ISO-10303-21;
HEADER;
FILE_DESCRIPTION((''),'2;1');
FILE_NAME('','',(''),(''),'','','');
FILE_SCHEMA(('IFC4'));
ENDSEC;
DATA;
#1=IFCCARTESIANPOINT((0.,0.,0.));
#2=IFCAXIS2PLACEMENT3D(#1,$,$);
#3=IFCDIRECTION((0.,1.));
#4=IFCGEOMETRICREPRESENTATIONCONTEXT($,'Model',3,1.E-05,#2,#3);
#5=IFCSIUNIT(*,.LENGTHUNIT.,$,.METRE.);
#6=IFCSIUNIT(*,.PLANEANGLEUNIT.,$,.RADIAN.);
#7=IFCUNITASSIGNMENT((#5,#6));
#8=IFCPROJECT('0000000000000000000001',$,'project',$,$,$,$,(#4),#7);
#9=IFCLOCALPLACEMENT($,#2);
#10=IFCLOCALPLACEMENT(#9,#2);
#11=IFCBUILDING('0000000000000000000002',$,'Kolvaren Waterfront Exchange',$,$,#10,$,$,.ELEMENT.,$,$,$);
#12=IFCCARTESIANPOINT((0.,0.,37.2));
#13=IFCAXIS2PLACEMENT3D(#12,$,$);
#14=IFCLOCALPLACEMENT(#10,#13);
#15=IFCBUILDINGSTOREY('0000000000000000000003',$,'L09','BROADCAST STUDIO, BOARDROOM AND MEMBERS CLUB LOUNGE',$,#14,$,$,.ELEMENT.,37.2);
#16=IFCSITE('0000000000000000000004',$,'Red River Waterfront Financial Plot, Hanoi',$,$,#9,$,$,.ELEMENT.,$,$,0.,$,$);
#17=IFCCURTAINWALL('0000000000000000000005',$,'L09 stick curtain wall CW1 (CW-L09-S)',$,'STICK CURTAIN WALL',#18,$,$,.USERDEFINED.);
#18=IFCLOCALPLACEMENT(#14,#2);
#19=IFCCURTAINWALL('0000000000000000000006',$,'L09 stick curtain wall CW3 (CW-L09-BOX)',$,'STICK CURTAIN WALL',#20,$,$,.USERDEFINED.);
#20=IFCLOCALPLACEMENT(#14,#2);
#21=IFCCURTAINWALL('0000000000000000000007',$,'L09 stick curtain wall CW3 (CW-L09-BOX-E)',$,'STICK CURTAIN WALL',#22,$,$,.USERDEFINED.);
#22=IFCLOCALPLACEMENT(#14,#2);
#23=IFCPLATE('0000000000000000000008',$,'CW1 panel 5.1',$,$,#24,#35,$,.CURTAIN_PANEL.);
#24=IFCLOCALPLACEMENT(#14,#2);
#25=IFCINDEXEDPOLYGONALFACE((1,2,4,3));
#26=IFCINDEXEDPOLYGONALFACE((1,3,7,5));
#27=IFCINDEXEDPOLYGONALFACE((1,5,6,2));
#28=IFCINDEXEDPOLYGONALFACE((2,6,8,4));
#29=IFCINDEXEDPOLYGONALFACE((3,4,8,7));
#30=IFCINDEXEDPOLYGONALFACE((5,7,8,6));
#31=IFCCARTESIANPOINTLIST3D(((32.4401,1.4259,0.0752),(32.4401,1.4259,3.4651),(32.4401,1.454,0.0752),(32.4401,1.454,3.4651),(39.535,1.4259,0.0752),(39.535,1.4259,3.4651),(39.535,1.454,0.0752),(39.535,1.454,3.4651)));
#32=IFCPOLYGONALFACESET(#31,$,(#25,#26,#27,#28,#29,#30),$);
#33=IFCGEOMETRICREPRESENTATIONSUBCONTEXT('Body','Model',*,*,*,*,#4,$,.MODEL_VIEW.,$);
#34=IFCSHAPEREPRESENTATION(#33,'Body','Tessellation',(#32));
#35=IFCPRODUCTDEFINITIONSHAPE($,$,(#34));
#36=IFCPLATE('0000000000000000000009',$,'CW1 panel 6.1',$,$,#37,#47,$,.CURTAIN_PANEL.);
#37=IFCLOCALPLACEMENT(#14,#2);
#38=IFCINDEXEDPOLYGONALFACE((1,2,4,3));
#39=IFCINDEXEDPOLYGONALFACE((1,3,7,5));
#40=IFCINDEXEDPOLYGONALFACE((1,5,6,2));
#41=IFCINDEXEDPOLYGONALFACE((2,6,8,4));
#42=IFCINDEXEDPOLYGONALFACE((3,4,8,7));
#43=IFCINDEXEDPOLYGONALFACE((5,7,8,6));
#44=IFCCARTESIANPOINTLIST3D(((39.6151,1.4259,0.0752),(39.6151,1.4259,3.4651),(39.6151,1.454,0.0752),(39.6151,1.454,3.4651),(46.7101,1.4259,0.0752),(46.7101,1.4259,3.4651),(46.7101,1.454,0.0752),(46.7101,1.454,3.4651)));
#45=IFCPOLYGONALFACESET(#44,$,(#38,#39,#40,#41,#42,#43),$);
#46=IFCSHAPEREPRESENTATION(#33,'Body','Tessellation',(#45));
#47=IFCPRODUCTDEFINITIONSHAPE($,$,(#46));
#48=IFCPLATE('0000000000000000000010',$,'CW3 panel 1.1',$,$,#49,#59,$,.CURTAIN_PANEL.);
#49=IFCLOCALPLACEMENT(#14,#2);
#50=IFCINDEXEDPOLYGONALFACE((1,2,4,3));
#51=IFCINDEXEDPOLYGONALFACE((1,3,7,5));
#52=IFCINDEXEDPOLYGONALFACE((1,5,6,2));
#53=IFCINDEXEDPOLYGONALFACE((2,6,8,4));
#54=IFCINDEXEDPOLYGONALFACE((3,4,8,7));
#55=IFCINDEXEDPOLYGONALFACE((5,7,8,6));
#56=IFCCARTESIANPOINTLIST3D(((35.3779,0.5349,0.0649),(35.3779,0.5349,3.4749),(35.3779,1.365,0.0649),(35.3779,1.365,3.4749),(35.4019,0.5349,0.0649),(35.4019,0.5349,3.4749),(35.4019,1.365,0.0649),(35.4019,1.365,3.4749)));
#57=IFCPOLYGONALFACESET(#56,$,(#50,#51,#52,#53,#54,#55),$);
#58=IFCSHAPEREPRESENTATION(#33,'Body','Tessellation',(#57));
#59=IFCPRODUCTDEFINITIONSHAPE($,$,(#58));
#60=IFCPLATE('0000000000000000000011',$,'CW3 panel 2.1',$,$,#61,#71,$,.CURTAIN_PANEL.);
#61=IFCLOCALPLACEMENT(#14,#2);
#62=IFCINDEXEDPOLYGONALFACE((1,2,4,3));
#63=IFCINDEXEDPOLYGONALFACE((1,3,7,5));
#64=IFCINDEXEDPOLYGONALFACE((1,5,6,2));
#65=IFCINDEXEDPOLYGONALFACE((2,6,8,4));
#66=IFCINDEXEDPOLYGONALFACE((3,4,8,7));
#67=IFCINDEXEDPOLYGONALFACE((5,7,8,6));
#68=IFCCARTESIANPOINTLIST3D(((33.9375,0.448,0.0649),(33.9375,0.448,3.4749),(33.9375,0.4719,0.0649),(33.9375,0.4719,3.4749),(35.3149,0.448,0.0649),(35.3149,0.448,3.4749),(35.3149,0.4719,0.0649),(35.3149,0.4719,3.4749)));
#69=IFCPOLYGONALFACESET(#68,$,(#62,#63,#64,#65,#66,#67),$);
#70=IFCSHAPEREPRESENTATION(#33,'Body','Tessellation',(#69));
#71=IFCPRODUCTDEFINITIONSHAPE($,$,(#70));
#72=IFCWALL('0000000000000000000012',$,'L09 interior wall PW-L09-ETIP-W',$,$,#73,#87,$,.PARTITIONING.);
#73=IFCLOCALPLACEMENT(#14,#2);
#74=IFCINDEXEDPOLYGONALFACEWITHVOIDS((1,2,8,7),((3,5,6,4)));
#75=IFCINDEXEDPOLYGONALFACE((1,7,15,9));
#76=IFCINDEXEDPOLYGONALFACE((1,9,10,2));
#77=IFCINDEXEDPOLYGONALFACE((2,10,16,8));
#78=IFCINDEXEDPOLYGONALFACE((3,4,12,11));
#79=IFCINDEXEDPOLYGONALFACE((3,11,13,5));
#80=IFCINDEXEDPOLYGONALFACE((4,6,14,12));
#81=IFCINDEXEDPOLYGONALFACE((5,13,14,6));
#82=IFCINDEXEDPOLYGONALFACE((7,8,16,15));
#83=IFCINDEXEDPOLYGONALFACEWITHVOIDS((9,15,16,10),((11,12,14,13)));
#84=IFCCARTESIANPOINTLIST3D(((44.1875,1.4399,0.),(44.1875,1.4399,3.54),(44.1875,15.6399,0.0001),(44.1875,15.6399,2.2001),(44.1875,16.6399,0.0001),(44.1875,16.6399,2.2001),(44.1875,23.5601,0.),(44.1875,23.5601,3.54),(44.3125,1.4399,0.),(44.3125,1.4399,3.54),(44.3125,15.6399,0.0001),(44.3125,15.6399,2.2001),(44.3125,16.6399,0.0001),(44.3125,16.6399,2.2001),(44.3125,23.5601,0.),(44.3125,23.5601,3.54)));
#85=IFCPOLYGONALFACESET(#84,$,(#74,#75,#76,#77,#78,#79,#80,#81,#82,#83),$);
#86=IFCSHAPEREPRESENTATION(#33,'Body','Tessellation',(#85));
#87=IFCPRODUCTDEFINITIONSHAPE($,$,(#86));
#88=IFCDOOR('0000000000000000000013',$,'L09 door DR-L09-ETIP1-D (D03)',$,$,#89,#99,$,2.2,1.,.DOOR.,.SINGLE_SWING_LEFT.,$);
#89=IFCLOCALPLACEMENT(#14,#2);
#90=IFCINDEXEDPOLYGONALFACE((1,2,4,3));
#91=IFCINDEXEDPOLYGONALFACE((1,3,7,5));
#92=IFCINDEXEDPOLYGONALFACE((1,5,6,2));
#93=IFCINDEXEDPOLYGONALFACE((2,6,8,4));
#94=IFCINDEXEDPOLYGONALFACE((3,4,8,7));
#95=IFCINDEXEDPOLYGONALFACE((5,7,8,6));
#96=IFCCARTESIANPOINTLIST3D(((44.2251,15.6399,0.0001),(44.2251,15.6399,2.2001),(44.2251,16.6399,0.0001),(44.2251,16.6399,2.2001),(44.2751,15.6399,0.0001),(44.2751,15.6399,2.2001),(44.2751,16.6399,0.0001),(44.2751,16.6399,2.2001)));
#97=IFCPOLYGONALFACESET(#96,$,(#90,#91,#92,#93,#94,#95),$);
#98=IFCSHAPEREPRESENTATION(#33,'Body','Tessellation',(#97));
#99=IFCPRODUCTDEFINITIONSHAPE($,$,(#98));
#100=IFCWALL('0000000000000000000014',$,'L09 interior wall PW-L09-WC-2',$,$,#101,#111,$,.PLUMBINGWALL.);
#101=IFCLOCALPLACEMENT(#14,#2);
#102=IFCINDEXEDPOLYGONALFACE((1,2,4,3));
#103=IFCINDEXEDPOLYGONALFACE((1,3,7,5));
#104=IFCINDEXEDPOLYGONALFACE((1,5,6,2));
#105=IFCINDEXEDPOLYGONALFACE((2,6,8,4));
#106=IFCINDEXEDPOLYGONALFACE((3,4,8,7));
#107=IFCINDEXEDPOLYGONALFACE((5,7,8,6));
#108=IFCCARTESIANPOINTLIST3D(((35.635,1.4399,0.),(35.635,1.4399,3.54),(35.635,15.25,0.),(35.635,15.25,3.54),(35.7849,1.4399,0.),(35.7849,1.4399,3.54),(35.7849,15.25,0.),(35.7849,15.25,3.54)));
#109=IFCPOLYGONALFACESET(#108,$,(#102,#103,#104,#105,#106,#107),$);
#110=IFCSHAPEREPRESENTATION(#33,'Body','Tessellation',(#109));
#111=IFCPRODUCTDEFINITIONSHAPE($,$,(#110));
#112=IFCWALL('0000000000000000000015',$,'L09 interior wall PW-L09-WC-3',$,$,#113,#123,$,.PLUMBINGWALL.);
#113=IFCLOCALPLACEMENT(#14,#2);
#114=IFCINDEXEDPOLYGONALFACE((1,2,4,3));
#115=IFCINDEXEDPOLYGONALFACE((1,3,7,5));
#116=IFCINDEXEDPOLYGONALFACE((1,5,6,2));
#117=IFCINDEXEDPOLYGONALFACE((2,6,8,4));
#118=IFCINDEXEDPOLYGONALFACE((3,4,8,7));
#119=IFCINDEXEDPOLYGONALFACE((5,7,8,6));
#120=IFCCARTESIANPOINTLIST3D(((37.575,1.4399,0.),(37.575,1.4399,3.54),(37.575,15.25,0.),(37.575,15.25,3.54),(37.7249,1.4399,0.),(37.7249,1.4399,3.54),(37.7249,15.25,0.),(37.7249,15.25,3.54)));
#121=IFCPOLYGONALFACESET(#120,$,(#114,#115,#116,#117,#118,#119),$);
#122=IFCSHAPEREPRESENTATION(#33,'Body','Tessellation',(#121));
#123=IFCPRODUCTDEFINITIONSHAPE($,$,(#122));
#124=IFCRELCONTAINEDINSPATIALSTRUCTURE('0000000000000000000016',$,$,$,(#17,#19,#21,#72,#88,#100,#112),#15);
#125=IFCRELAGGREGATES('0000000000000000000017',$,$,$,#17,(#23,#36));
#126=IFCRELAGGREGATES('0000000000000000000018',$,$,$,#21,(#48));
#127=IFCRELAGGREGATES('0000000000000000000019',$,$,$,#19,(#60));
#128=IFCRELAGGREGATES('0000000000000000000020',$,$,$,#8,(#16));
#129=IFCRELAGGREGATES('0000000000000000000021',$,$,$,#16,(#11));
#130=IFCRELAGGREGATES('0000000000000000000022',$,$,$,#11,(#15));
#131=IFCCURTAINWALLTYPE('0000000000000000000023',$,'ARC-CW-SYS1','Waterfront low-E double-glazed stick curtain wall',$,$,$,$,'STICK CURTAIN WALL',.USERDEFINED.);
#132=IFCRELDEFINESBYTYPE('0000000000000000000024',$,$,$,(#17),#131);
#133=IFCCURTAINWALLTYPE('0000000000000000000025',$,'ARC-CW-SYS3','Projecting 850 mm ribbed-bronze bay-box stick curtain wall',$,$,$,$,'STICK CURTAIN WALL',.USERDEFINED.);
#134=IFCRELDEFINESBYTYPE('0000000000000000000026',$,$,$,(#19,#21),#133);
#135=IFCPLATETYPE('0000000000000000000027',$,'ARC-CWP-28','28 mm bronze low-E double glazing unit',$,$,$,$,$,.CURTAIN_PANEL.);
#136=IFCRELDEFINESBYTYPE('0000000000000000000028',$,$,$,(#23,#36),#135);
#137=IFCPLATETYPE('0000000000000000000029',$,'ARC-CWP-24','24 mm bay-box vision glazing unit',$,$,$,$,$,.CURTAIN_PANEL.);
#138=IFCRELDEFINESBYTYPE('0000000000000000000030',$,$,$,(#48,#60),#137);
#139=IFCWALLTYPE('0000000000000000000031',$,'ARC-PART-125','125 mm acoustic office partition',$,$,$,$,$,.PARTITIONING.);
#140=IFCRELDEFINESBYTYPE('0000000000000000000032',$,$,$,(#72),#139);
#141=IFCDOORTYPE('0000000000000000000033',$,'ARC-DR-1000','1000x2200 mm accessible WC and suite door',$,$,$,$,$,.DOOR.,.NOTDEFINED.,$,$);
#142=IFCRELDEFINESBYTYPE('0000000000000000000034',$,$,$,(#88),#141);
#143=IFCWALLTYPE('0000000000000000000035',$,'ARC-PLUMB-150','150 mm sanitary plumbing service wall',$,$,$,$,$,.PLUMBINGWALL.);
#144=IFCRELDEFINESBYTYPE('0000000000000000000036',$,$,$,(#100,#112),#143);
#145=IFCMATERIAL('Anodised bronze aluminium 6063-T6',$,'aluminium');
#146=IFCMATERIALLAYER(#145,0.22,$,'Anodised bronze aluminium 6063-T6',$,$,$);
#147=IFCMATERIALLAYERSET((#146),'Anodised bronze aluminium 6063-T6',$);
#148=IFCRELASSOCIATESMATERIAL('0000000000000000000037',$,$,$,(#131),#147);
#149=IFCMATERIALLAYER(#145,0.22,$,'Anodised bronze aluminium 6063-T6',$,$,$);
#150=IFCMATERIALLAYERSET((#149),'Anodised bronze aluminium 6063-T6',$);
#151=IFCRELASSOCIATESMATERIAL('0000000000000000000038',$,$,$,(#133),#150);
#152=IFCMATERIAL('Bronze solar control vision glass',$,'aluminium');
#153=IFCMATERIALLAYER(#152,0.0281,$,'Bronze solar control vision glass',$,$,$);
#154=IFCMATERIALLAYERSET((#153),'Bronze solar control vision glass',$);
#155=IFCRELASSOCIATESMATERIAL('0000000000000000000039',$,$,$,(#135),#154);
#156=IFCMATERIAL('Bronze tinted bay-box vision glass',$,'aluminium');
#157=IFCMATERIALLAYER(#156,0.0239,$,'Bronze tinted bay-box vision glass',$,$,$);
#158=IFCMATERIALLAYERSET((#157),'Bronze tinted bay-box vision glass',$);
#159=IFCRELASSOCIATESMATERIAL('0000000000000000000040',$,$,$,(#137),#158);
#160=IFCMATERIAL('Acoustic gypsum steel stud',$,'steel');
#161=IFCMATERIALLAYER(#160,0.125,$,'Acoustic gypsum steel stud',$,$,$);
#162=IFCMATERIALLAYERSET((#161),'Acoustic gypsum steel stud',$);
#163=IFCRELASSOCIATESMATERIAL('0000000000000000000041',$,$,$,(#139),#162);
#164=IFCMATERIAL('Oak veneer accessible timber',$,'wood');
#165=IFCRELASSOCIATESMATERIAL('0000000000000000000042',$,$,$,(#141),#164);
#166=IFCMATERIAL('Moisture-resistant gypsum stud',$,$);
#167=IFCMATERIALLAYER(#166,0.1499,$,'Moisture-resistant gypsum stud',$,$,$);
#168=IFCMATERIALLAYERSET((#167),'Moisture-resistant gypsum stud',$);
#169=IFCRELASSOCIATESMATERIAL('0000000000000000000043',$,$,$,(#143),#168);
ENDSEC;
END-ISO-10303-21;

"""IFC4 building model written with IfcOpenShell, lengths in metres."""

from ifc_helpers import new_model, si_unit, direction, frame, frame_2d, origin, origin_with_axes, origin_2d, place, context, subcontext, project, spatial, rectangle, extrude, source, transform, mapped, material, layer, layer_set, type_object, element, fill, aggregate, save


model = new_model("IFC4")

# Units and contexts
model_context = context("Model", 3, precision=1e-05, world=origin(), true_north=direction((0.0, 1.0)))
body_context = subcontext(model_context, "Body", "Model", "MODEL_VIEW")
ifc_project = project(units=[si_unit("LENGTHUNIT", "METRE"), si_unit("PLANEANGLEUNIT", "RADIAN")], contexts=[model_context])

# Site, building, storey
site_placement = place(None, origin())
site = spatial("IfcSite", under=ifc_project, at=site_placement, Name="Red River Waterfront Financial Plot, Hanoi", CompositionType="ELEMENT", RefElevation=0.0)
building_placement = place(site_placement, origin())
building = spatial("IfcBuilding", under=site, at=building_placement, Name="Kolvaren Waterfront Exchange", CompositionType="ELEMENT")
storey_placement = place(building_placement, frame((0.0, 0.0, 37.2)))
storey = spatial("IfcBuildingStorey", under=building, at=storey_placement, Name="L09", Description="BROADCAST STUDIO, BOARDROOM AND MEMBERS CLUB LOUNGE", CompositionType="ELEMENT", Elevation=37.2)

# Curtain wall
ifc_material_1 = material(Name="Anodised bronze aluminium 6063-T6", Category="aluminium")
ifc_layer_1 = layer(ifc_material_1, 0.22, Name="Anodised bronze aluminium 6063-T6")
ifc_layer_set_1 = layer_set([ifc_layer_1], Name="Anodised bronze aluminium 6063-T6")
curtain_wall_type_1 = type_object("IfcCurtainWallType", Name="ARC-CW-SYS1", Description="Waterfront low-E double-glazed stick curtain wall", ElementType="STICK CURTAIN WALL", PredefinedType="USERDEFINED", material=ifc_layer_set_1)
curtain_wall_1_placement = place(storey_placement, origin())
curtain_wall_1 = element("IfcCurtainWall", 1, at=curtain_wall_1_placement, inside=storey, type_object=curtain_wall_type_1, Name="L09 stick curtain wall CW1 (CW-L09-S)", ObjectType="STICK CURTAIN WALL", PredefinedType="USERDEFINED")

# Curtain wall
ifc_layer_2 = layer(ifc_material_1, 0.22, Name="Anodised bronze aluminium 6063-T6")
ifc_layer_set_2 = layer_set([ifc_layer_2], Name="Anodised bronze aluminium 6063-T6")
curtain_wall_type_2 = type_object("IfcCurtainWallType", Name="ARC-CW-SYS3", Description="Projecting 850 mm ribbed-bronze bay-box stick curtain wall", ElementType="STICK CURTAIN WALL", PredefinedType="USERDEFINED", material=ifc_layer_set_2)
curtain_wall_2_placement = place(storey_placement, origin())
curtain_wall_2 = element("IfcCurtainWall", 2, at=curtain_wall_2_placement, inside=storey, type_object=curtain_wall_type_2, Name="L09 stick curtain wall CW3 (CW-L09-BOX)", ObjectType="STICK CURTAIN WALL", PredefinedType="USERDEFINED")

# Curtain wall
curtain_wall_3_placement = place(storey_placement, origin())
curtain_wall_3 = element("IfcCurtainWall", 3, at=curtain_wall_3_placement, inside=storey, type_object=curtain_wall_type_2, Name="L09 stick curtain wall CW3 (CW-L09-BOX-E)", ObjectType="STICK CURTAIN WALL", PredefinedType="USERDEFINED")

# Plates
ifc_material_2 = material(Name="Bronze solar control vision glass", Category="aluminium")
ifc_layer_3 = layer(ifc_material_2, 0.0281, Name="Bronze solar control vision glass")
ifc_layer_set_3 = layer_set([ifc_layer_3], Name="Bronze solar control vision glass")
plate_type_1 = type_object("IfcPlateType", Name="ARC-CWP-28", Description="28 mm bronze low-E double glazing unit", PredefinedType="CURTAIN_PANEL", material=ifc_layer_set_3)
shared_shape_1 = source(origin_with_axes(), body_context, "Body", "SweptSolid", [
    extrude(rectangle(XDim=7.095, YDim=0.0281, at=origin_2d()), origin(), (0.0, 0.0, 1.0), 3.3899),
])
plate_1_placement = place(storey_placement, frame((35.9875, 1.4399, 0.0752), z_axis=(0.0, 0.0, 1.0), x_axis=(1.0, 0.0, 0.0)))
plate_1 = element("IfcPlate", 4, at=plate_1_placement, type_object=plate_type_1, Name="CW1 panel 5.1", PredefinedType="CURTAIN_PANEL", context=body_context, shape_type="MappedRepresentation", body=[
    mapped(shared_shape_1, transform((0.0, 0.0, 0.0), x_axis=(1.0, 0.0, 0.0), y_axis=(0.0, 1.0, 0.0), z_axis=(0.0, 0.0, 1.0), scale=1.0)),
])
plate_2_placement = place(storey_placement, frame((43.1626, 1.4399, 0.0752), z_axis=(0.0, 0.0, 1.0), x_axis=(1.0, 0.0, 0.0)))
plate_2 = element("IfcPlate", 5, at=plate_2_placement, type_object=plate_type_1, Name="CW1 panel 6.1", PredefinedType="CURTAIN_PANEL", context=body_context, shape_type="MappedRepresentation", body=[
    mapped(shared_shape_1, transform((0.0, 0.0, 0.0), x_axis=(1.0, 0.0, 0.0), y_axis=(0.0, 1.0, 0.0), z_axis=(0.0, 0.0, 1.0), scale=1.0)),
])
aggregate(curtain_wall_1, [plate_1, plate_2])
ifc_material_3 = material(Name="Bronze tinted bay-box vision glass", Category="aluminium")
ifc_layer_4 = layer(ifc_material_3, 0.0239, Name="Bronze tinted bay-box vision glass")
ifc_layer_set_4 = layer_set([ifc_layer_4], Name="Bronze tinted bay-box vision glass")
plate_type_2 = type_object("IfcPlateType", Name="ARC-CWP-24", Description="24 mm bay-box vision glazing unit", PredefinedType="CURTAIN_PANEL", material=ifc_layer_set_4)
shared_shape_2 = source(origin_with_axes(), body_context, "Body", "SweptSolid", [
    extrude(rectangle(XDim=0.8301, YDim=0.0239, at=origin_2d()), origin(), (0.0, 0.0, 1.0), 3.4099),
])
plate_3_placement = place(storey_placement, frame((35.3899, 0.95, 0.0649), z_axis=(0.0, 0.0, 1.0), x_axis=(0.0, 1.0, 0.0)))
plate_3 = element("IfcPlate", 6, at=plate_3_placement, type_object=plate_type_2, Name="CW3 panel 1.1", PredefinedType="CURTAIN_PANEL", context=body_context, shape_type="MappedRepresentation", body=[
    mapped(shared_shape_2, transform((0.0, 0.0, 0.0), x_axis=(1.0, 0.0, 0.0), y_axis=(0.0, 1.0, 0.0), z_axis=(0.0, 0.0, 1.0), scale=1.0)),
])
aggregate(curtain_wall_3, [plate_3])
shared_shape_3 = source(origin_with_axes(), body_context, "Body", "SweptSolid", [
    extrude(rectangle(XDim=1.3774, YDim=0.0239, at=origin_2d()), origin(), (0.0, 0.0, 1.0), 3.4099),
])
plate_4_placement = place(storey_placement, frame((34.6262, 0.46, 0.0649), z_axis=(0.0, 0.0, 1.0), x_axis=(1.0, 0.0, 0.0)))
plate_4 = element("IfcPlate", 7, at=plate_4_placement, type_object=plate_type_2, Name="CW3 panel 2.1", PredefinedType="CURTAIN_PANEL", context=body_context, shape_type="MappedRepresentation", body=[
    mapped(shared_shape_3, transform((0.0, 0.0, 0.0), x_axis=(1.0, 0.0, 0.0), y_axis=(0.0, 1.0, 0.0), z_axis=(0.0, 0.0, 1.0), scale=1.0)),
])
aggregate(curtain_wall_2, [plate_4])

# Wall, opening, door
ifc_material_4 = material(Name="Acoustic gypsum steel stud", Category="steel")
ifc_layer_5 = layer(ifc_material_4, 0.125, Name="Acoustic gypsum steel stud")
ifc_layer_set_5 = layer_set([ifc_layer_5], Name="Acoustic gypsum steel stud")
wall_type_1 = type_object("IfcWallType", Name="ARC-PART-125", Description="125 mm acoustic office partition", PredefinedType="PARTITIONING", material=ifc_layer_set_5)
wall_placement = place(storey_placement, frame((44.25, 1.4399, 0.0), z_axis=(0.0, 0.0, 1.0), x_axis=(0.0, 1.0, 0.0)))
wall = element("IfcWall", 8, at=wall_placement, inside=storey, type_object=wall_type_1, Name="L09 interior wall PW-L09-ETIP-W", PredefinedType="PARTITIONING", context=body_context, shape_type="SweptSolid", body=[
    extrude(rectangle(XDim=22.1201, YDim=0.125, at=frame_2d((11.0601, 0.0))), origin(), (0.0, 0.0, 1.0), 3.54),
])
opening_placement = place(wall_placement, frame((14.2, 0.0, 0.0)))
opening = element("IfcOpeningElement", 9, at=opening_placement, cuts=wall, PredefinedType="OPENING", context=body_context, shape_type="SweptSolid", body=[
    extrude(rectangle(XDim=1.0, YDim=2.2, at=frame_2d((0.5, 1.1001))), frame((0.0, 0.0725, 0.0), z_axis=(0.0, -1.0, 0.0), x_axis=(1.0, 0.0, 0.0)), (0.0, 0.0, 1.0), 0.145),
])
ifc_material_5 = material(Name="Oak veneer accessible timber", Category="wood")
door_type = type_object("IfcDoorType", Name="ARC-DR-1000", Description="1000x2200 mm accessible WC and suite door", OperationType="NOTDEFINED", PredefinedType="DOOR", material=ifc_material_5)
door_placement = place(opening_placement, origin())
door = element("IfcDoor", 10, at=door_placement, inside=storey, type_object=door_type, Name="L09 door DR-L09-ETIP1-D (D03)", OperationType="SINGLE_SWING_LEFT", OverallHeight=2.2, OverallWidth=1.0, PredefinedType="DOOR", context=body_context, shape_type="SweptSolid", body=[
    extrude(rectangle(XDim=1.0, YDim=2.2, at=frame_2d((0.5, 1.1001))), frame((0.0, 0.0249, 0.0), z_axis=(0.0, -1.0, 0.0), x_axis=(1.0, 0.0, 0.0)), (0.0, 0.0, 1.0), 0.05),
])
fill(opening, door)

# Walls
ifc_material_6 = material(Name="Moisture-resistant gypsum stud")
ifc_layer_6 = layer(ifc_material_6, 0.1499, Name="Moisture-resistant gypsum stud")
ifc_layer_set_6 = layer_set([ifc_layer_6], Name="Moisture-resistant gypsum stud")
wall_type_2 = type_object("IfcWallType", Name="ARC-PLUMB-150", Description="150 mm sanitary plumbing service wall", PredefinedType="PLUMBINGWALL", material=ifc_layer_set_6)
for number, where, z_axis, x_axis, name in (
    (11, (35.71, 1.4399, 0.0), (0.0, 0.0, 1.0), (0.0, 1.0, 0.0), "L09 interior wall PW-L09-WC-2"),
    (12, (37.6499, 1.4399, 0.0), (0.0, 0.0, 1.0), (0.0, 1.0, 0.0), "L09 interior wall PW-L09-WC-3"),
):
    element("IfcWall", number, at=place(storey_placement, frame(where, z_axis=z_axis, x_axis=x_axis)), inside=storey, type_object=wall_type_2, Name=name, PredefinedType="PLUMBINGWALL", context=body_context, shape_type="SweptSolid", body=[
        extrude(rectangle(XDim=13.8101, YDim=0.1499, at=frame_2d((6.905, 0.0))), origin(), (0.0, 0.0, 1.0), 3.54),
    ])

save(model, "model.ifc")
